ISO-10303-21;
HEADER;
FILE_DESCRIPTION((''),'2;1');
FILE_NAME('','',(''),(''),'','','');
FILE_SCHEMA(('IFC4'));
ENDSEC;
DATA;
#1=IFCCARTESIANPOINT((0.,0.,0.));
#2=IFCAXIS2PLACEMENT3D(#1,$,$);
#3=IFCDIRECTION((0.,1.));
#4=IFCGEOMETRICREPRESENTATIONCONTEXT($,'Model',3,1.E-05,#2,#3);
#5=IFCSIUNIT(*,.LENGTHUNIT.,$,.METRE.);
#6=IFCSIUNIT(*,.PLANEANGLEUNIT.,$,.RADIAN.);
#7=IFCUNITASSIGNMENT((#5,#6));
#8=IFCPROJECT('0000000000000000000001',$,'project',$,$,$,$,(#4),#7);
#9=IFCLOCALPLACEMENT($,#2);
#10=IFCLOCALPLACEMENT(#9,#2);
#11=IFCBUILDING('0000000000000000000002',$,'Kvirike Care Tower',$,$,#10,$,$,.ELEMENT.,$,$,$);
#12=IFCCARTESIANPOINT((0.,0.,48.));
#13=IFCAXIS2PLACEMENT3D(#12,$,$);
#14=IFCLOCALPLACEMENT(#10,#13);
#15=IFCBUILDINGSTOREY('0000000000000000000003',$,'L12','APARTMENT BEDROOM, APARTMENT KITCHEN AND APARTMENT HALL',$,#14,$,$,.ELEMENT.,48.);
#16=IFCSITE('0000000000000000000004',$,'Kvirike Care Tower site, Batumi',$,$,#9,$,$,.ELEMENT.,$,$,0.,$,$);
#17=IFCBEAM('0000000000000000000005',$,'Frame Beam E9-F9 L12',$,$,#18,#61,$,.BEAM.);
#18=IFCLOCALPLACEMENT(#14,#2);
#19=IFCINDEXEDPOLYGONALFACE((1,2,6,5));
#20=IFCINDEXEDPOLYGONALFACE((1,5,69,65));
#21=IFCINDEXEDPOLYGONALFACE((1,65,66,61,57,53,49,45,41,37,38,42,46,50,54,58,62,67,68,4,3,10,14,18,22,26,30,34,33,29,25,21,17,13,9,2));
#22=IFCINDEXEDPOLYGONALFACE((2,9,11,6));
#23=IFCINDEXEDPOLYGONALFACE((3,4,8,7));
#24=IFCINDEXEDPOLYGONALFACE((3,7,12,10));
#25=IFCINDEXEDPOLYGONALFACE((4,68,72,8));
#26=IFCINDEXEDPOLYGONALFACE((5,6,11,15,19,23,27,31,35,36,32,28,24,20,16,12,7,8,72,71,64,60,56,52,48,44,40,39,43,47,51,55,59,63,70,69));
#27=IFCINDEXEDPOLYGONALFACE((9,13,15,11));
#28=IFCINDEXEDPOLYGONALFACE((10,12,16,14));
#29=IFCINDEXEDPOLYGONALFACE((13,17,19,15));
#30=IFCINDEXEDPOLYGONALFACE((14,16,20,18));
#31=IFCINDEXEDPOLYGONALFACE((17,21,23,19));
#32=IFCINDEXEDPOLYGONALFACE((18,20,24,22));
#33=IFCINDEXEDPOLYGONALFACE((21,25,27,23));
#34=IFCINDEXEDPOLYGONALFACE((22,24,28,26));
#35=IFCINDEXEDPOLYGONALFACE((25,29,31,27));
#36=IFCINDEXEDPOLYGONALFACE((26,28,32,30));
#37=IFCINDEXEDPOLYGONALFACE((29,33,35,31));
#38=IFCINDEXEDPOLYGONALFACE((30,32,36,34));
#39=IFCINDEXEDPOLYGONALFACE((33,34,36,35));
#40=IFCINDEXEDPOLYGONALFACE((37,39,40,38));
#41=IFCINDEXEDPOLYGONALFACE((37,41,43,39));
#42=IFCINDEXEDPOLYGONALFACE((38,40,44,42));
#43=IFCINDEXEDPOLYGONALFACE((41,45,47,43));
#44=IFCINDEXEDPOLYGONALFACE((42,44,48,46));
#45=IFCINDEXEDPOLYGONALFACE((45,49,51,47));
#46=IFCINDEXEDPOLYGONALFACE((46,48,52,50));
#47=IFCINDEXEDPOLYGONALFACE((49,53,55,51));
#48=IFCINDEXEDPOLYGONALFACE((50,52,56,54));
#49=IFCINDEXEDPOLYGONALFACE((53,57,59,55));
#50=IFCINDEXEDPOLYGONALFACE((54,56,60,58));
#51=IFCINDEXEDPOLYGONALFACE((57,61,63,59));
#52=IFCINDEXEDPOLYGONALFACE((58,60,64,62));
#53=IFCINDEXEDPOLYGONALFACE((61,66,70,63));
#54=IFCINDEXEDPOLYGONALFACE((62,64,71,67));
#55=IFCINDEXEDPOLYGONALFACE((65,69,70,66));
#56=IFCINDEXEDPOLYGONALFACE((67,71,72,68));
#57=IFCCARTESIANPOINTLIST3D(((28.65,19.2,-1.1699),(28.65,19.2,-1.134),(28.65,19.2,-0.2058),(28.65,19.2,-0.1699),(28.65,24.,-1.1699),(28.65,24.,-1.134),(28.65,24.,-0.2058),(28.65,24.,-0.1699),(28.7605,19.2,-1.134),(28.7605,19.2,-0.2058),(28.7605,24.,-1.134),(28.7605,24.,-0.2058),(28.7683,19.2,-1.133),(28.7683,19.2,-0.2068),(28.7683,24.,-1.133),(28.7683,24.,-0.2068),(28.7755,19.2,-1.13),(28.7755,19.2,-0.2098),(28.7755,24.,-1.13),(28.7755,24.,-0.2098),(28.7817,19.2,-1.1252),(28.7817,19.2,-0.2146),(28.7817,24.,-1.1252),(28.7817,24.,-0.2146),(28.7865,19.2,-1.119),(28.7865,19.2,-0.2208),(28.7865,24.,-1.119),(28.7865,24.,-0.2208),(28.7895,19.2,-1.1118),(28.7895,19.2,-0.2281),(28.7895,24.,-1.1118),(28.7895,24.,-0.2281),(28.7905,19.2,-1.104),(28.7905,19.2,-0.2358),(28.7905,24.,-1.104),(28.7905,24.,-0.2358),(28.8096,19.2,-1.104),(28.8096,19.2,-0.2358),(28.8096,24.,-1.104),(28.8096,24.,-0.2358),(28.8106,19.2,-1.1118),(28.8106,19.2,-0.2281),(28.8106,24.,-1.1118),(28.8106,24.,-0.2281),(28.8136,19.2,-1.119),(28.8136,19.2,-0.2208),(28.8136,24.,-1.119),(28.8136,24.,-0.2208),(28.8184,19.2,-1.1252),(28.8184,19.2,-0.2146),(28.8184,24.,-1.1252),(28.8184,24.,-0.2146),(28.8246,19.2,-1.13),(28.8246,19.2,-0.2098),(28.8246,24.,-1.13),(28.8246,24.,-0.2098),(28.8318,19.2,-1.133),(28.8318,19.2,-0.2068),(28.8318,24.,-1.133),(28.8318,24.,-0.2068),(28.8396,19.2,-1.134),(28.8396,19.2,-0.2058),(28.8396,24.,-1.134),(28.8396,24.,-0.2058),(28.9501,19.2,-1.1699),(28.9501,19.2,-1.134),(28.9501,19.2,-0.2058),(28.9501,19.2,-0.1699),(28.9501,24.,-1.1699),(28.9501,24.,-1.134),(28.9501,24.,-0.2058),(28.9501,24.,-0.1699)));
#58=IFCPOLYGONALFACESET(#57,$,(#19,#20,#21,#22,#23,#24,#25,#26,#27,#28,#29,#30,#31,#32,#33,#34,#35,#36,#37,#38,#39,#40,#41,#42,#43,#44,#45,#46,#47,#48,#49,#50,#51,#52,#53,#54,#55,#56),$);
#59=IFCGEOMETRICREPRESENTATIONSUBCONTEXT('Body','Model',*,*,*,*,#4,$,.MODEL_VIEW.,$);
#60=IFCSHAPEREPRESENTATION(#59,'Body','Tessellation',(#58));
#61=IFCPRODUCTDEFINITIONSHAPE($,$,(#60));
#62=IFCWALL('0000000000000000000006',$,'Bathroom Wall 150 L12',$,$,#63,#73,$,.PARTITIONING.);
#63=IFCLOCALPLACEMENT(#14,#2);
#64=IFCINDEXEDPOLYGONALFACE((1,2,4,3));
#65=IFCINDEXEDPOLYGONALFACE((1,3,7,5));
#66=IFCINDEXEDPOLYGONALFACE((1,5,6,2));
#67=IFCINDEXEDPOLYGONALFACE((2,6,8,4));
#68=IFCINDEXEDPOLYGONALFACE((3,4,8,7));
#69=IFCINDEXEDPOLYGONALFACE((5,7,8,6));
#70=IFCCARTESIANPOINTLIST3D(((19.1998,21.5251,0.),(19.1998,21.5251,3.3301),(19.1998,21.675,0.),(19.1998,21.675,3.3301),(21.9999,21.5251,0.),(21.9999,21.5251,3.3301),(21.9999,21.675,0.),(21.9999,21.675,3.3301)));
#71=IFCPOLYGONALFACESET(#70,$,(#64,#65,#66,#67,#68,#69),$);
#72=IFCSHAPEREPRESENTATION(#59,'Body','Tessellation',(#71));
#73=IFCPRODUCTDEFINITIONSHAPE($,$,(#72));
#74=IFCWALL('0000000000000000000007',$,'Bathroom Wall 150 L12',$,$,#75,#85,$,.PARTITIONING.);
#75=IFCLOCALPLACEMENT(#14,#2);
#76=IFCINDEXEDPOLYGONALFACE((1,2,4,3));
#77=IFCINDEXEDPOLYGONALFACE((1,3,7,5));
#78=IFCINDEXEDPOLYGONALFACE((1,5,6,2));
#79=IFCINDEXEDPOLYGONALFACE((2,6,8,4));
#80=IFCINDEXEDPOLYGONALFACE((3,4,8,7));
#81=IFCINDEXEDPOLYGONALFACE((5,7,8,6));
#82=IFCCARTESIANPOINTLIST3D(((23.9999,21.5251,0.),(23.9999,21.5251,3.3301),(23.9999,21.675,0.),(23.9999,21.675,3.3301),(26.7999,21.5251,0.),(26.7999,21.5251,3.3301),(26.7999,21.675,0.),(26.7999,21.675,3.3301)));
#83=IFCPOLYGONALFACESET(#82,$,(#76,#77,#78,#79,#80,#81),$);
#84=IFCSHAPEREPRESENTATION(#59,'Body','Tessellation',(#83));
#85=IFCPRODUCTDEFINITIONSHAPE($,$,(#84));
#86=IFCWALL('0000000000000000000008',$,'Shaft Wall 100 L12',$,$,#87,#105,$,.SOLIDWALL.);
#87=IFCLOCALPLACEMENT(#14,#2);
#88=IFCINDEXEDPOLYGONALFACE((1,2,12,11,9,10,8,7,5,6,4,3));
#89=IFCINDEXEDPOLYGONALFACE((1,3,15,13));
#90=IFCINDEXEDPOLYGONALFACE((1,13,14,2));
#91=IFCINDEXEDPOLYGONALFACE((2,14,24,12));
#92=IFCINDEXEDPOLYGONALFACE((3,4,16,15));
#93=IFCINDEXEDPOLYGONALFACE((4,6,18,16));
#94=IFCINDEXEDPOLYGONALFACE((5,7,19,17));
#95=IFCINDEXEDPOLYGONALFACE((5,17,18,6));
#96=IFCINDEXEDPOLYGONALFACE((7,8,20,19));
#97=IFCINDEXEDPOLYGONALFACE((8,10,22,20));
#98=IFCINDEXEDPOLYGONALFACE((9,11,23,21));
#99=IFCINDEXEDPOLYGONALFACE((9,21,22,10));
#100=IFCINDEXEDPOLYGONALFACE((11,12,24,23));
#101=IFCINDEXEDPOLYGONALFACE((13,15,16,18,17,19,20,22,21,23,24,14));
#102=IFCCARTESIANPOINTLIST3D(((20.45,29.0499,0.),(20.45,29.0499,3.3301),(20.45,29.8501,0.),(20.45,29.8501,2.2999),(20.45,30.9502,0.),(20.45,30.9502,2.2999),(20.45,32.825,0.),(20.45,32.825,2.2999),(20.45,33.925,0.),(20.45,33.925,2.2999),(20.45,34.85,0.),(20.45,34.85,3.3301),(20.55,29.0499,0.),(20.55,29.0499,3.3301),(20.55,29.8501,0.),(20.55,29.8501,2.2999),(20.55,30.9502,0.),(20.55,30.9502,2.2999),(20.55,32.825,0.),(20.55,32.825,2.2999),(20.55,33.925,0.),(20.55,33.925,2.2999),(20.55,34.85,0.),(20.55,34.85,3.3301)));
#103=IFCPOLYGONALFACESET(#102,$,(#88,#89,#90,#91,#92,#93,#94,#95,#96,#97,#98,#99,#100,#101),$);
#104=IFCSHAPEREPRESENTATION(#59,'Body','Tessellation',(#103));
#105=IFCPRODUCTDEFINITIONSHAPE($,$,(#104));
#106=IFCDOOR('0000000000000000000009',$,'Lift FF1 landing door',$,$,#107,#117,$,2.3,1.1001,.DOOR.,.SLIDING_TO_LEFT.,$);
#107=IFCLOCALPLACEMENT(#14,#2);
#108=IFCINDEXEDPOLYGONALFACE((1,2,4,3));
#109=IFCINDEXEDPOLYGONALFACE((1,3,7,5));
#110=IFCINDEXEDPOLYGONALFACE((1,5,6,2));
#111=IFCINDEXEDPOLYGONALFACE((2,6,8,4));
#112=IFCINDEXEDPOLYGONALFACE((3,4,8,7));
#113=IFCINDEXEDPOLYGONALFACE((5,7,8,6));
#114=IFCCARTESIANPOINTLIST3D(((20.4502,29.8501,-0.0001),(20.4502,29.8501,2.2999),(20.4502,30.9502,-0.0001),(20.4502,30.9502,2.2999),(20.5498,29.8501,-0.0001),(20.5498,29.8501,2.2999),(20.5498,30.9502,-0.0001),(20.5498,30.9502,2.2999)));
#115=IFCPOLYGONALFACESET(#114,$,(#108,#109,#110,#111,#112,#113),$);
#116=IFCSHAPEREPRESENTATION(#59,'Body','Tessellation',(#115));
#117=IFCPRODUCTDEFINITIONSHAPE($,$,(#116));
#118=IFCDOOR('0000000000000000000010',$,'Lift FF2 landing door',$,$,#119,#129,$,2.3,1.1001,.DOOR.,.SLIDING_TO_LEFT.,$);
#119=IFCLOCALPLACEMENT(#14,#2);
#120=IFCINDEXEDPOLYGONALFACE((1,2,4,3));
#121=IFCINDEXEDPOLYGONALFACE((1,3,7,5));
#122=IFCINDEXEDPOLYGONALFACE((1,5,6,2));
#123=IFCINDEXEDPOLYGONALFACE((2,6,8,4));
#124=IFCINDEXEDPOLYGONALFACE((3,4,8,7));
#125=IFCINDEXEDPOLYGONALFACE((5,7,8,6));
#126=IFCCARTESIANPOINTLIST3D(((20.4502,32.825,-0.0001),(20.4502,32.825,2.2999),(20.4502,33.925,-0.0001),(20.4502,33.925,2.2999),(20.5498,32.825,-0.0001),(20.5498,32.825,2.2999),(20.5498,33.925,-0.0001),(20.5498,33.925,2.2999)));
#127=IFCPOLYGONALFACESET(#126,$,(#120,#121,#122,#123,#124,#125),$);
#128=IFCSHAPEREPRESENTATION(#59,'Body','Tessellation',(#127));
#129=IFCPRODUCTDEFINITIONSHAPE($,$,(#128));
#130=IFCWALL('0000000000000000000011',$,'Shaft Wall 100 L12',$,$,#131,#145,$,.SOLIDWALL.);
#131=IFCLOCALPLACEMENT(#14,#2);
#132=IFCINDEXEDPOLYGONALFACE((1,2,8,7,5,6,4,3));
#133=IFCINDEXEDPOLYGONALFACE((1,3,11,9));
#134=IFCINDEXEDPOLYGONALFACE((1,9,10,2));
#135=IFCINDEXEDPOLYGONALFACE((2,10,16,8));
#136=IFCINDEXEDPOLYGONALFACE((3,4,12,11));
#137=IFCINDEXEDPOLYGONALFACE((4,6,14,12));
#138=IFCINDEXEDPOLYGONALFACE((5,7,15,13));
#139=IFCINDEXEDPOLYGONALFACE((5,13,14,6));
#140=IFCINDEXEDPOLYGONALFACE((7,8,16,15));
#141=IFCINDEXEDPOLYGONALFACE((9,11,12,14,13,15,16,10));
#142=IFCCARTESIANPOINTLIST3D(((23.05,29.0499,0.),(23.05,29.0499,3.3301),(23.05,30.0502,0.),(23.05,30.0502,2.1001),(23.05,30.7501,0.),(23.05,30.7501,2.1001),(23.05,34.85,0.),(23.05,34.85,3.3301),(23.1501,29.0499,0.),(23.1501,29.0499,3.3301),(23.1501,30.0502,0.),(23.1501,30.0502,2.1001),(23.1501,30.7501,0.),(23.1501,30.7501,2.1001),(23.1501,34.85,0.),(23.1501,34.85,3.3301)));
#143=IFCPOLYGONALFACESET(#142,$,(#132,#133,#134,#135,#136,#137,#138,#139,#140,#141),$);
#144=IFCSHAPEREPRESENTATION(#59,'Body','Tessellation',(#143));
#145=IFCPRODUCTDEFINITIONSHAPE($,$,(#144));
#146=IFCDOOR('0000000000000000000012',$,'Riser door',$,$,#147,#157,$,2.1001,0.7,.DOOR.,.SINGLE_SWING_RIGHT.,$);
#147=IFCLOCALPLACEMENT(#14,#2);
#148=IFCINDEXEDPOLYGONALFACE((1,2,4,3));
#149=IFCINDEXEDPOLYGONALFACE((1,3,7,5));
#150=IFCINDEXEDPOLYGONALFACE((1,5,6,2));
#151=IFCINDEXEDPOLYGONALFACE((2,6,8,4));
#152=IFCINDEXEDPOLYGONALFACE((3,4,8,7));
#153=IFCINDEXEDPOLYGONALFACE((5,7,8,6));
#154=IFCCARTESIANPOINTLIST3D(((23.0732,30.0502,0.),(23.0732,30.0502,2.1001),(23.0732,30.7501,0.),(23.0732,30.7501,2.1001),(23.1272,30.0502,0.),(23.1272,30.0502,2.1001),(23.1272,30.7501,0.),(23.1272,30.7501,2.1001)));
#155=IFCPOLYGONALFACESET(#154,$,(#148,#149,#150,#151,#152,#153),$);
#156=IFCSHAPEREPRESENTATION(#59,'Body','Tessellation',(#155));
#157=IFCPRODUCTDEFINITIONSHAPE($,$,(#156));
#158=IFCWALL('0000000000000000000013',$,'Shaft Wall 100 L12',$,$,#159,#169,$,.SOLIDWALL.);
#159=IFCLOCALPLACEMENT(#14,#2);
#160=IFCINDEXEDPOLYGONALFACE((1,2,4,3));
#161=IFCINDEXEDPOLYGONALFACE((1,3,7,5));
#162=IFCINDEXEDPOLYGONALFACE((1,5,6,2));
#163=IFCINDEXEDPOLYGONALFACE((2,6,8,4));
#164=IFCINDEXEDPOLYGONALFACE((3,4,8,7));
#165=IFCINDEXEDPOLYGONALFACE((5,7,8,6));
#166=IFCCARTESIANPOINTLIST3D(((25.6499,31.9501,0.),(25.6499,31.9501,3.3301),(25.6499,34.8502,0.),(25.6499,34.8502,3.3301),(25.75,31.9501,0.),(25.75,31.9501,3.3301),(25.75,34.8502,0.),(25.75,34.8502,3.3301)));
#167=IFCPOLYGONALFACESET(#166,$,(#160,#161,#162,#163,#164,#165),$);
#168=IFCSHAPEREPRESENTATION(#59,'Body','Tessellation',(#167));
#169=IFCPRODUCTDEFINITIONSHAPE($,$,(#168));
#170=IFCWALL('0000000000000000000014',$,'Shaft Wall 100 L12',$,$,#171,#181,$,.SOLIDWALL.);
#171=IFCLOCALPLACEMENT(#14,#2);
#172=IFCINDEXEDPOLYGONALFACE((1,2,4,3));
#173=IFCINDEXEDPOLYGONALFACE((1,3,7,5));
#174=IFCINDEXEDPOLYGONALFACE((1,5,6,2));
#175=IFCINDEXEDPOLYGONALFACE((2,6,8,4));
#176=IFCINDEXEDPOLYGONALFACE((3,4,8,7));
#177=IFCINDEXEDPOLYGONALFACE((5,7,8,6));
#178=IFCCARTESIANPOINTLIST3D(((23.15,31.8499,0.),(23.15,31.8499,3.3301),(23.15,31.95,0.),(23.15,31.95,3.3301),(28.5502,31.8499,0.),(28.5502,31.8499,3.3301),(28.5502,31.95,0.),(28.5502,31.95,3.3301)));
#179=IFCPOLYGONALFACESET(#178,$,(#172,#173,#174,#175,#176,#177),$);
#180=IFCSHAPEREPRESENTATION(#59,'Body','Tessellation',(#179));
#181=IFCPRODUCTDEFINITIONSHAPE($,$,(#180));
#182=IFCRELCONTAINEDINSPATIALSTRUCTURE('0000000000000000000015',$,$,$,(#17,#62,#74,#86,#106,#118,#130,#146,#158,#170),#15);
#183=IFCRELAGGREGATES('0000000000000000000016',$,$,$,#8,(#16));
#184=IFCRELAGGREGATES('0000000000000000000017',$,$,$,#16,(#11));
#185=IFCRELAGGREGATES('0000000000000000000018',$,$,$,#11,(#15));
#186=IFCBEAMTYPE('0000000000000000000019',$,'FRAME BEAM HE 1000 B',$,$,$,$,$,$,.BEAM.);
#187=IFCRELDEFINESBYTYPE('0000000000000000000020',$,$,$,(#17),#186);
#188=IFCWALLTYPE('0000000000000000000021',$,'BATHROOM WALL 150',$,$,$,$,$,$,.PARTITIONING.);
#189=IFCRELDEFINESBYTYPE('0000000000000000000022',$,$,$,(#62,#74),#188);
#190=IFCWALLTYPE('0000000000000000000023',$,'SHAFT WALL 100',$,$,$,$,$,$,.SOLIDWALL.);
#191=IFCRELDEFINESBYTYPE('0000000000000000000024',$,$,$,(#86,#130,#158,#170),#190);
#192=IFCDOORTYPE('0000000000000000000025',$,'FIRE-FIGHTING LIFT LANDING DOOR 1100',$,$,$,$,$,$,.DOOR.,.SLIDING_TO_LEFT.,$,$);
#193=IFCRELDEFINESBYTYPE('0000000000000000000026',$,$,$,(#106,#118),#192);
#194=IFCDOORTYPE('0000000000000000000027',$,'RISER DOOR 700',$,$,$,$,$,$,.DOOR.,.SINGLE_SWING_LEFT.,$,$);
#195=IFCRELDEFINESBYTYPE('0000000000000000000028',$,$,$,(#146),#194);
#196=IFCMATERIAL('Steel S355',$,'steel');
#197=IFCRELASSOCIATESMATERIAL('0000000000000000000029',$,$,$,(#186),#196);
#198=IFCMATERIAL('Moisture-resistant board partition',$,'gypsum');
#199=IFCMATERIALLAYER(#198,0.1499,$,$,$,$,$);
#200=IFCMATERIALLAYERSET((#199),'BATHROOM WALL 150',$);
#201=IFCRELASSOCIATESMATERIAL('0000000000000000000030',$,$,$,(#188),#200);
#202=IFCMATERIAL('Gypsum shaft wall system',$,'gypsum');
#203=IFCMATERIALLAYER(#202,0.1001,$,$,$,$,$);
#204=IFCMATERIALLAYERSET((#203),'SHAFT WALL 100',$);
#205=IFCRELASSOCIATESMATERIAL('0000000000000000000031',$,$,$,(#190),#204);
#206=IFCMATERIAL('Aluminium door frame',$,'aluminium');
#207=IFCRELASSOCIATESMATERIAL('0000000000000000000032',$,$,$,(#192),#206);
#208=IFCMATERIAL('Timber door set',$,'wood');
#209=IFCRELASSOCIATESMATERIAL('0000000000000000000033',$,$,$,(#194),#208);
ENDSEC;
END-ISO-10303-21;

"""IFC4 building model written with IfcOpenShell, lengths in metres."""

from ifc_helpers import new_model, si_unit, direction, frame, frame_2d, origin, origin_2d, place, context, subcontext, project, spatial, rectangle, i_section, extrude, material, layer, layer_set, material_profile, profile_set, type_object, element, fill, save


model = new_model("IFC4")

# Units and contexts
model_context = context("Model", 3, precision=1e-05, world=origin(), true_north=direction((0.0, 1.0)))
body_context = subcontext(model_context, "Body", "Model", "MODEL_VIEW")
ifc_project = project(units=[si_unit("LENGTHUNIT", "METRE"), si_unit("PLANEANGLEUNIT", "RADIAN")], contexts=[model_context])

# Site, building, storey
site_placement = place(None, origin())
site = spatial("IfcSite", under=ifc_project, at=site_placement, Name="Kvirike Care Tower site, Batumi", CompositionType="ELEMENT", RefElevation=0.0)
building_placement = place(site_placement, origin())
building = spatial("IfcBuilding", under=site, at=building_placement, Name="Kvirike Care Tower", CompositionType="ELEMENT")
storey_placement = place(building_placement, frame((0.0, 0.0, 48.0)))
storey = spatial("IfcBuildingStorey", under=building, at=storey_placement, Name="L12", Description="APARTMENT BEDROOM, APARTMENT KITCHEN AND APARTMENT HALL", CompositionType="ELEMENT", Elevation=48.0)

# Beam
ifc_material_1 = material(Name="Steel S355", Category="steel")
ifc_material_profile_1 = material_profile(ifc_material_1, i_section(OverallWidth=0.3, OverallDepth=1.0, WebThickness=0.019, FlangeThickness=0.0359, FilletRadius=0.03, at=origin_2d()), Name="HE 1000 B")
ifc_profile_set_1 = profile_set([ifc_material_profile_1], Name="Steel S355")
beam_type_1 = type_object("IfcBeamType", Name="FRAME BEAM HE 1000 B", PredefinedType="BEAM", material=ifc_profile_set_1)
beam_1_placement = place(storey_placement, frame((28.8, 19.2, -0.6699), z_axis=(0.0, 1.0, 0.0), x_axis=(-1.0, 0.0, 0.0)))
element("IfcBeam", 1, at=beam_1_placement, inside=storey, type_object=beam_type_1, Name="Frame Beam E9-F9 L12", PredefinedType="BEAM", context=body_context, shape_type="SweptSolid", body=[
    extrude(i_section(OverallWidth=0.3, OverallDepth=1.0, WebThickness=0.019, FlangeThickness=0.0359, FilletRadius=0.03, at=origin_2d()), origin(), (0.0, 0.0, 1.0), 4.8),
])

# Walls
ifc_material_2 = material(Name="Moisture-resistant board partition", Category="gypsum")
ifc_layer_1 = layer(ifc_material_2, 0.1499)
ifc_layer_set_1 = layer_set([ifc_layer_1], Name="BATHROOM WALL 150")
wall_type_1 = type_object("IfcWallType", Name="BATHROOM WALL 150", PredefinedType="PARTITIONING", material=ifc_layer_set_1)
for number, where, z_axis, x_axis, name in (
    (2, (19.2, 21.6001, 0.0), (0.0, 0.0, 1.0), (1.0, 0.0, 0.0), "Bathroom Wall 150 L12"),
    (3, (24.0, 21.6001, 0.0), (0.0, 0.0, 1.0), (1.0, 0.0, 0.0), "Bathroom Wall 150 L12"),
):
    element("IfcWall", number, at=place(storey_placement, frame(where, z_axis=z_axis, x_axis=x_axis)), inside=storey, type_object=wall_type_1, Name=name, PredefinedType="PARTITIONING", context=body_context, shape_type="SweptSolid", body=[
        extrude(rectangle(XDim=2.8, YDim=0.1499, at=frame_2d((1.3999, 0.0))), origin(), (0.0, 0.0, 1.0), 3.3301),
    ])

# Wall, openings, doors
ifc_material_3 = material(Name="Gypsum shaft wall system", Category="gypsum")
ifc_layer_2 = layer(ifc_material_3, 0.1001)
ifc_layer_set_2 = layer_set([ifc_layer_2], Name="SHAFT WALL 100")
wall_type_2 = type_object("IfcWallType", Name="SHAFT WALL 100", PredefinedType="SOLIDWALL", material=ifc_layer_set_2)
wall_1_placement = place(storey_placement, frame((20.5, 29.05, 0.0), z_axis=(0.0, 0.0, 1.0), x_axis=(0.0, 1.0, 0.0)))
wall_1 = element("IfcWall", 4, at=wall_1_placement, inside=storey, type_object=wall_type_2, Name="Shaft Wall 100 L12", PredefinedType="SOLIDWALL", context=body_context, shape_type="SweptSolid", body=[
    extrude(rectangle(XDim=5.8, YDim=0.1001, at=frame_2d((2.8999, 0.0))), origin(), (0.0, 0.0, 1.0), 3.3301),
])
opening_1_placement = place(wall_1_placement, frame((0.8, 0.0, 0.0)))
opening_1 = element("IfcOpeningElement", 5, at=opening_1_placement, cuts=wall_1, PredefinedType="OPENING", context=body_context, shape_type="SweptSolid", body=[
    extrude(rectangle(XDim=1.1001, YDim=2.3, at=frame_2d((0.55, 1.1499))), frame((0.0, 0.0605, 0.0), z_axis=(0.0, -1.0, 0.0), x_axis=(1.0, 0.0, 0.0)), (0.0, 0.0, 1.0), 0.1211),
])
opening_2_placement = place(wall_1_placement, frame((3.7749, 0.0, 0.0)))
opening_2 = element("IfcOpeningElement", 6, at=opening_2_placement, cuts=wall_1, PredefinedType="OPENING", context=body_context, shape_type="SweptSolid", body=[
    extrude(rectangle(XDim=1.1001, YDim=2.3, at=frame_2d((0.55, 1.1499))), frame((0.0, 0.0605, 0.0), z_axis=(0.0, -1.0, 0.0), x_axis=(1.0, 0.0, 0.0)), (0.0, 0.0, 1.0), 0.1211),
])
ifc_material_4 = material(Name="Aluminium door frame", Category="aluminium")
door_type_1 = type_object("IfcDoorType", Name="FIRE-FIGHTING LIFT LANDING DOOR 1100", OperationType="SLIDING_TO_LEFT", PredefinedType="DOOR", material=ifc_material_4)
door_1_placement = place(opening_1_placement, origin())
door_1 = element("IfcDoor", 7, at=door_1_placement, inside=storey, type_object=door_type_1, Name="Lift FF1 landing door", OperationType="SLIDING_TO_LEFT", OverallHeight=2.3, OverallWidth=1.1001, PredefinedType="DOOR", context=body_context, shape_type="SweptSolid", body=[
    extrude(rectangle(XDim=1.1001, YDim=2.3, at=frame_2d((0.55, 1.1499))), frame((0.0, 0.0498, 0.0), z_axis=(0.0, -1.0, 0.0), x_axis=(1.0, 0.0, 0.0)), (0.0, 0.0, 1.0), 0.0996),
])
fill(opening_1, door_1)
door_2_placement = place(opening_2_placement, origin())
door_2 = element("IfcDoor", 8, at=door_2_placement, inside=storey, type_object=door_type_1, Name="Lift FF2 landing door", OperationType="SLIDING_TO_LEFT", OverallHeight=2.3, OverallWidth=1.1001, PredefinedType="DOOR", context=body_context, shape_type="SweptSolid", body=[
    extrude(rectangle(XDim=1.1001, YDim=2.3, at=frame_2d((0.55, 1.1499))), frame((0.0, 0.0498, 0.0), z_axis=(0.0, -1.0, 0.0), x_axis=(1.0, 0.0, 0.0)), (0.0, 0.0, 1.0), 0.0996),
])
fill(opening_2, door_2)

# Wall, opening, door
wall_2_placement = place(storey_placement, frame((23.1001, 29.05, 0.0), z_axis=(0.0, 0.0, 1.0), x_axis=(0.0, 1.0, 0.0)))
wall_2 = element("IfcWall", 9, at=wall_2_placement, inside=storey, type_object=wall_type_2, Name="Shaft Wall 100 L12", PredefinedType="SOLIDWALL", context=body_context, shape_type="SweptSolid", body=[
    extrude(rectangle(XDim=5.8, YDim=0.1001, at=frame_2d((2.8999, 0.0))), origin(), (0.0, 0.0, 1.0), 3.3301),
])
opening_3_placement = place(wall_2_placement, frame((1.0, 0.0, 0.0)))
opening_3 = element("IfcOpeningElement", 10, at=opening_3_placement, cuts=wall_2, PredefinedType="OPENING", context=body_context, shape_type="SweptSolid", body=[
    extrude(rectangle(XDim=0.7, YDim=2.1001, at=frame_2d((0.3501, 1.05))), frame((0.0, 0.0605, 0.0), z_axis=(0.0, -1.0, 0.0), x_axis=(1.0, 0.0, 0.0)), (0.0, 0.0, 1.0), 0.1211),
])
ifc_material_5 = material(Name="Timber door set", Category="wood")
door_type_2 = type_object("IfcDoorType", Name="RISER DOOR 700", OperationType="SINGLE_SWING_LEFT", PredefinedType="DOOR", material=ifc_material_5)
door_3_placement = place(opening_3_placement, origin())
door_3 = element("IfcDoor", 11, at=door_3_placement, inside=storey, type_object=door_type_2, Name="Riser door", OperationType="SINGLE_SWING_RIGHT", OverallHeight=2.1001, OverallWidth=0.7, PredefinedType="DOOR", context=body_context, shape_type="SweptSolid", body=[
    extrude(rectangle(XDim=0.7, YDim=2.1001, at=frame_2d((0.3501, 1.05))), frame((0.0, 0.0269, 0.0), z_axis=(0.0, -1.0, 0.0), x_axis=(1.0, 0.0, 0.0)), (0.0, 0.0, 1.0), 0.054),
])
fill(opening_3, door_3)

# Walls
wall_3_placement = place(storey_placement, frame((25.7, 31.95, 0.0), z_axis=(0.0, 0.0, 1.0), x_axis=(0.0, 1.0, 0.0)))
element("IfcWall", 12, at=wall_3_placement, inside=storey, type_object=wall_type_2, Name="Shaft Wall 100 L12", PredefinedType="SOLIDWALL", context=body_context, shape_type="SweptSolid", body=[
    extrude(rectangle(XDim=2.9001, YDim=0.1001, at=frame_2d((1.4502, 0.0))), origin(), (0.0, 0.0, 1.0), 3.3301),
])
wall_4_placement = place(storey_placement, frame((23.1499, 31.8999, 0.0), z_axis=(0.0, 0.0, 1.0), x_axis=(1.0, 0.0, 0.0)))
element("IfcWall", 13, at=wall_4_placement, inside=storey, type_object=wall_type_2, Name="Shaft Wall 100 L12", PredefinedType="SOLIDWALL", context=body_context, shape_type="SweptSolid", body=[
    extrude(rectangle(XDim=5.4001, YDim=0.1001, at=frame_2d((2.7002, 0.0))), origin(), (0.0, 0.0, 1.0), 3.3301),
])

save(model, "model.ifc")
